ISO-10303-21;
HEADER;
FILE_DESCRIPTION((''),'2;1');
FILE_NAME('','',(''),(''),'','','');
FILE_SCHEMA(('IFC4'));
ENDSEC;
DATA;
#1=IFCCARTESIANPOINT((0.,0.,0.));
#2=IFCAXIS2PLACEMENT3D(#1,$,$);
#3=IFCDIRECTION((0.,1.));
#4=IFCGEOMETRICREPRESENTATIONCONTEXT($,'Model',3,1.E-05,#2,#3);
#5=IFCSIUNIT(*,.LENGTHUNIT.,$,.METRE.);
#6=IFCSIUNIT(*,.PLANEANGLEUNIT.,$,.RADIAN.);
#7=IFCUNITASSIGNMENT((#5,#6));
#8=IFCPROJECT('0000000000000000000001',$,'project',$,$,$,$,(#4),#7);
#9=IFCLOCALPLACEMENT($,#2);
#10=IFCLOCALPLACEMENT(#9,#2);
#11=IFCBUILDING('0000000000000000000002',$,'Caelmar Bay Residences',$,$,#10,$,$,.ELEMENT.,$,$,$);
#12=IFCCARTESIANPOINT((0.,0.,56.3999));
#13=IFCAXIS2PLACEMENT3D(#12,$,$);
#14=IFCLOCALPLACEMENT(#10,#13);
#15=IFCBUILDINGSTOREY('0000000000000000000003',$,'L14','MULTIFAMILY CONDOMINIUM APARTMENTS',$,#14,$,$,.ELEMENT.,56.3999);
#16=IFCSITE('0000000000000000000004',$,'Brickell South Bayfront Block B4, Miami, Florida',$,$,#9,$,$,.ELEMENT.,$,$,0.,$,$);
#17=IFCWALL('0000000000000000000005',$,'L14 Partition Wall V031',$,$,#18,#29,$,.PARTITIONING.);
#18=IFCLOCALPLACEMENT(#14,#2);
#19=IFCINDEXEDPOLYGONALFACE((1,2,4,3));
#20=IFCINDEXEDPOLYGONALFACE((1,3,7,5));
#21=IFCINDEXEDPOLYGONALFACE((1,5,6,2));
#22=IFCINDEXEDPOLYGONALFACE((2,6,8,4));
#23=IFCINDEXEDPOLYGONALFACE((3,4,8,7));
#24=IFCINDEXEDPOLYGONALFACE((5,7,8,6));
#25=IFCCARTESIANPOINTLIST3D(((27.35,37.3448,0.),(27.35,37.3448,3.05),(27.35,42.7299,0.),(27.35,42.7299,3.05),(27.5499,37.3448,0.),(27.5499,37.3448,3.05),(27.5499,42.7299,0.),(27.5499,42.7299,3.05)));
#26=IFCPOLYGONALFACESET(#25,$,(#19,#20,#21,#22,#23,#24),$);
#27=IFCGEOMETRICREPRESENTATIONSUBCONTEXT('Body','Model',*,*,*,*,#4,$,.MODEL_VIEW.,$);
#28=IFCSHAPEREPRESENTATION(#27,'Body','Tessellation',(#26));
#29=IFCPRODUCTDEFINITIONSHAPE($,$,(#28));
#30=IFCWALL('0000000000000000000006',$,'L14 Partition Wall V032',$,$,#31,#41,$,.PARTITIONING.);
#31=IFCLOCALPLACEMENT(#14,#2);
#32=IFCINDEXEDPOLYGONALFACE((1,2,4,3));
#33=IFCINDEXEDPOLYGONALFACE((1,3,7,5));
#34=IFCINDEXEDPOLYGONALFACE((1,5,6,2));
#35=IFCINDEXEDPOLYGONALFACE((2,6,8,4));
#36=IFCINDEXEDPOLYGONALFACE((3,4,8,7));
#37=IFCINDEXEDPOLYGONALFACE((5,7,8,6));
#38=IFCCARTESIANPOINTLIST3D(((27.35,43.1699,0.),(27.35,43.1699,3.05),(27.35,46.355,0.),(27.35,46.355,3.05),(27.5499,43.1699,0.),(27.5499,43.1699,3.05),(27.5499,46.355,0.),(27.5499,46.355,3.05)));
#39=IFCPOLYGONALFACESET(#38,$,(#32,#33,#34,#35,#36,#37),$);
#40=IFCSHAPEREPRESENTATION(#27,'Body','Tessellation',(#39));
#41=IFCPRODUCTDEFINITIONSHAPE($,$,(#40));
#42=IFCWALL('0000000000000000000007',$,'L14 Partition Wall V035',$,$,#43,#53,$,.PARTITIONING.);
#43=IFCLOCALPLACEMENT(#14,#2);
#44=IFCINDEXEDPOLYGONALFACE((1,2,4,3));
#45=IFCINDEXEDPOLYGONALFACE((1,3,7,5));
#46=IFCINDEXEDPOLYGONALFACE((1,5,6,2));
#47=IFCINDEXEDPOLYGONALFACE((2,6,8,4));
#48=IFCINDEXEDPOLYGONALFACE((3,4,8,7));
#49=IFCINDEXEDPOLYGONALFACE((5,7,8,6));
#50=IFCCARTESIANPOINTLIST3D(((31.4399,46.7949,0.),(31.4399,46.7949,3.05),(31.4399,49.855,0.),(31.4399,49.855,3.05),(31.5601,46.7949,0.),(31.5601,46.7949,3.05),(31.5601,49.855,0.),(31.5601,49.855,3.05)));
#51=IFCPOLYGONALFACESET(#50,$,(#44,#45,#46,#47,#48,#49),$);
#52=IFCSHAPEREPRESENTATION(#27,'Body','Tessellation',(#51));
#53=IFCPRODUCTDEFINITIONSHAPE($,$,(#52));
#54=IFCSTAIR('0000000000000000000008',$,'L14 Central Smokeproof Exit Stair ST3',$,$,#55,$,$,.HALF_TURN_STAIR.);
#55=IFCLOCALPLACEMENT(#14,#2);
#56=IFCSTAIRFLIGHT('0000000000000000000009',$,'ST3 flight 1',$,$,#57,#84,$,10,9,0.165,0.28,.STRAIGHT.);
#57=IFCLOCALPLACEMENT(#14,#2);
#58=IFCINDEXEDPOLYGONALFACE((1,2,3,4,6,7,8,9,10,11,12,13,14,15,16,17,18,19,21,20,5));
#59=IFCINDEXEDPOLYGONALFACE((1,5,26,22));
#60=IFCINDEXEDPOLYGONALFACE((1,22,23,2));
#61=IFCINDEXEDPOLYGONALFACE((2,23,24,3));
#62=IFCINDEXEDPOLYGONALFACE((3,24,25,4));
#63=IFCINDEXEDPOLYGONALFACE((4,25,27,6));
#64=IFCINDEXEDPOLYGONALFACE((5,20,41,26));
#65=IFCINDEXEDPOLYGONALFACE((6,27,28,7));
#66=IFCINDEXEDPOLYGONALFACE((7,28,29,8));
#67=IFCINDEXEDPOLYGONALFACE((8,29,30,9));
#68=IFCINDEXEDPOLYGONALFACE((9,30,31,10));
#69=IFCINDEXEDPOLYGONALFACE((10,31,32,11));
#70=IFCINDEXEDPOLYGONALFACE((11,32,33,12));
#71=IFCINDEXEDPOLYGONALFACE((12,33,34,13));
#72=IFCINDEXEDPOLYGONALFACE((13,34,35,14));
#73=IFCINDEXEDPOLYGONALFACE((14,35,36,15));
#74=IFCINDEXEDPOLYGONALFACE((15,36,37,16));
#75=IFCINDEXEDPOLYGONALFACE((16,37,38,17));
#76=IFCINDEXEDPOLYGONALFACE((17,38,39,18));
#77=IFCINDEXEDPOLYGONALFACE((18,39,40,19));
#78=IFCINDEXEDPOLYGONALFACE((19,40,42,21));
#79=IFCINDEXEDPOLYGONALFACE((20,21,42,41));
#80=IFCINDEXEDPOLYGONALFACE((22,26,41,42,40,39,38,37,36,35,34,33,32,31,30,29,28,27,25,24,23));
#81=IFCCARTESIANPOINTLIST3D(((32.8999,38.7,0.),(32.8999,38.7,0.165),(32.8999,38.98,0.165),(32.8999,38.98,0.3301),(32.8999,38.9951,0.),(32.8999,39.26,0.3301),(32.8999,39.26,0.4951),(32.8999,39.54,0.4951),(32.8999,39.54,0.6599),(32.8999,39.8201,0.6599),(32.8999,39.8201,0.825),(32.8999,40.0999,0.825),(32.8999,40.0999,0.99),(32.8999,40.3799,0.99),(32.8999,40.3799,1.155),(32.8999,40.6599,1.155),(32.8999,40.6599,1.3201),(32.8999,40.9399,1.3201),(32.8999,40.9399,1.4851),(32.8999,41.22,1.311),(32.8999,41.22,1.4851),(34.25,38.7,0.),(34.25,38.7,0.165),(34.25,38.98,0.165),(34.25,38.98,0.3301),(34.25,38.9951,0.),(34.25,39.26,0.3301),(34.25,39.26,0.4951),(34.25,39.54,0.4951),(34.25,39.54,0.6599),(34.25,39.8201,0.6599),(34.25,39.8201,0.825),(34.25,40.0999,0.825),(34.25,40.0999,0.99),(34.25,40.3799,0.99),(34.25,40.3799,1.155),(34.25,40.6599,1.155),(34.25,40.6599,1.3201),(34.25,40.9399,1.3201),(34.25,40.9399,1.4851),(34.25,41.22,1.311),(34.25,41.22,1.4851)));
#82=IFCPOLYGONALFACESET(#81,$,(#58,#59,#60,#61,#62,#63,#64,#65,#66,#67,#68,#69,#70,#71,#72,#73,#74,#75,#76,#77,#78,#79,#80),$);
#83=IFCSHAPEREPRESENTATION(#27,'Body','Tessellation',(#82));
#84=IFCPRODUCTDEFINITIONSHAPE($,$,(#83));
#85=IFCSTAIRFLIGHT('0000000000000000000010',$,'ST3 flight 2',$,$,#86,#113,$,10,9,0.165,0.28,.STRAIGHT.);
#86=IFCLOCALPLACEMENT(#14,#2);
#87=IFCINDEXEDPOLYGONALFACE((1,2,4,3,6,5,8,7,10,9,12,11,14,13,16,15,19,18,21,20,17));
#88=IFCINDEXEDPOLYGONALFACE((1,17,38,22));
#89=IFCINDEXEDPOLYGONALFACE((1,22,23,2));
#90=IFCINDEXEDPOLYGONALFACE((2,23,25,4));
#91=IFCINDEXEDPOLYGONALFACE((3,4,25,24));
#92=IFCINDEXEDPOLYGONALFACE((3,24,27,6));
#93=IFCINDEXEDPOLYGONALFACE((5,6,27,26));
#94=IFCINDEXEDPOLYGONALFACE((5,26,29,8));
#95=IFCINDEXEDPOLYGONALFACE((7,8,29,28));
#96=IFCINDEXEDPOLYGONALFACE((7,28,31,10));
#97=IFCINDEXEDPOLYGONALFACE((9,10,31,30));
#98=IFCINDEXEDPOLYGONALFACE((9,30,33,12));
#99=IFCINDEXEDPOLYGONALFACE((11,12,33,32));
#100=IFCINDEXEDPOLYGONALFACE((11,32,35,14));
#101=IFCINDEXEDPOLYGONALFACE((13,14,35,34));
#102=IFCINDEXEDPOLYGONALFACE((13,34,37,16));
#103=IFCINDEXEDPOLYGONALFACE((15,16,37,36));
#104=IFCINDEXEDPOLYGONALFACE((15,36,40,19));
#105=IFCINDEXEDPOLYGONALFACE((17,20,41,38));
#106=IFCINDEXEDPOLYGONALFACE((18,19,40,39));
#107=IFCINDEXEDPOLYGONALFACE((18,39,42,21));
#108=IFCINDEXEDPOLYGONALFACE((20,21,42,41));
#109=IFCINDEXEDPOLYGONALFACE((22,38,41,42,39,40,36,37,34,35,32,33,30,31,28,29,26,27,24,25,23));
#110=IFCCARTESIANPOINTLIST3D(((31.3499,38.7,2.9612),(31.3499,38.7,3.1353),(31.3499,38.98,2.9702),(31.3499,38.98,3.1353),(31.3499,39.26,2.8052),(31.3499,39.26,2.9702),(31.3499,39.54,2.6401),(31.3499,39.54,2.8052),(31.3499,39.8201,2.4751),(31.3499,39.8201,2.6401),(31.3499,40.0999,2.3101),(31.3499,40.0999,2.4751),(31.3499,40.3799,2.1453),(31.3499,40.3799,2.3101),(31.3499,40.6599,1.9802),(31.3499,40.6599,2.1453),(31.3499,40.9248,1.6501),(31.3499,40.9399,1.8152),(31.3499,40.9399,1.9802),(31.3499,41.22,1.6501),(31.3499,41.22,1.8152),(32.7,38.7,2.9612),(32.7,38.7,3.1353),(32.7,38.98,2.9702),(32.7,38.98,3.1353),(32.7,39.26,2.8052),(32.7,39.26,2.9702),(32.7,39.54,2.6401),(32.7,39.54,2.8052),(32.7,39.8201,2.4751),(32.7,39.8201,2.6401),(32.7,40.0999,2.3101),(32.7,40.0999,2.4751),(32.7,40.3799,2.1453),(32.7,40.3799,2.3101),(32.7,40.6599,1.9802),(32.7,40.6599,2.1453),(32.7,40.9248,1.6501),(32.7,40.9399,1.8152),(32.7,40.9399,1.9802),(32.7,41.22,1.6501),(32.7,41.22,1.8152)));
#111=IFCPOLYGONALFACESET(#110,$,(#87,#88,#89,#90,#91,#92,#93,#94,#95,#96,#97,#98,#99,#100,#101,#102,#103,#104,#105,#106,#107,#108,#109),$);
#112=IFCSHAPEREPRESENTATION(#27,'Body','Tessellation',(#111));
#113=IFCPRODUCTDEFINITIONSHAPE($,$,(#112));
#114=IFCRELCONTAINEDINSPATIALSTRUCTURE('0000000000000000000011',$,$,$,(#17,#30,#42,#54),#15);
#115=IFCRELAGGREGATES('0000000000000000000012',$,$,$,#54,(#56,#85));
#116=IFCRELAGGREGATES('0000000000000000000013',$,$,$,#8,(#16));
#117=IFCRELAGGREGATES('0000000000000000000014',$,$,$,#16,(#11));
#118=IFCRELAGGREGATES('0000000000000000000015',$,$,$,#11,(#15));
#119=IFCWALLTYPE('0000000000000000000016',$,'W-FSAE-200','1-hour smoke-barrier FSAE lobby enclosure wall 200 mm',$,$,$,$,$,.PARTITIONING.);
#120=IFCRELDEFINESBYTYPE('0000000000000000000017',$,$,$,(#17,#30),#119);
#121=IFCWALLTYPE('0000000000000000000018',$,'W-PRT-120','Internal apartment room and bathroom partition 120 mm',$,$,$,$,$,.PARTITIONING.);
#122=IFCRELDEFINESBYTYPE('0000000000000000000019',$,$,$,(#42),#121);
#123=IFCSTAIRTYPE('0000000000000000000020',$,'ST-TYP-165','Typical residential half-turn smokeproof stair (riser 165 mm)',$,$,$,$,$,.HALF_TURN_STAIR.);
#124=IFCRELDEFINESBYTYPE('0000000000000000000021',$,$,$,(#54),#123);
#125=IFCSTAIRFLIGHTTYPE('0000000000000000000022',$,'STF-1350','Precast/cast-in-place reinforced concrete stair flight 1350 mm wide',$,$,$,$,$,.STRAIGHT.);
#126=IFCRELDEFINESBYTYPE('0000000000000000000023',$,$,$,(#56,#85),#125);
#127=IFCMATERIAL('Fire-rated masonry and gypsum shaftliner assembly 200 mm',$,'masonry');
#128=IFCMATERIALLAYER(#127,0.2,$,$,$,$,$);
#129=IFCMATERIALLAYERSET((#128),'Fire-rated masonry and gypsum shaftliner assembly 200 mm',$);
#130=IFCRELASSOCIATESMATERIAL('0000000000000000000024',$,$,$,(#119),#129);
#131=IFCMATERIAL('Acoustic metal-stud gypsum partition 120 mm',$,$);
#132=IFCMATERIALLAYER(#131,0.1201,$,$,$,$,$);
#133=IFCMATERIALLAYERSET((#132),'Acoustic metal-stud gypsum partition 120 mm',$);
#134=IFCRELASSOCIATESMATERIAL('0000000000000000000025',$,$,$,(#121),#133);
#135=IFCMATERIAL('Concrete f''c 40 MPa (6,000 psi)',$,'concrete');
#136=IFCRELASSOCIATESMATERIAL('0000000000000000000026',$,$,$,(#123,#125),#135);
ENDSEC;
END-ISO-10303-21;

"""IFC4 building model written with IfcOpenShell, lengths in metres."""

from ifc_helpers import new_model, si_unit, direction, frame, frame_2d, origin, place, context, subcontext, project, spatial, polyline, rectangle, outline, extrude, material, layer, layer_set, type_object, element, aggregate, save


model = new_model("IFC4")

# Units and contexts
model_context = context("Model", 3, precision=1e-05, world=origin(), true_north=direction((0.0, 1.0)))
body_context = subcontext(model_context, "Body", "Model", "MODEL_VIEW")
ifc_project = project(units=[si_unit("LENGTHUNIT", "METRE"), si_unit("PLANEANGLEUNIT", "RADIAN")], contexts=[model_context])

# Site, building, storey
site_placement = place(None, origin())
site = spatial("IfcSite", under=ifc_project, at=site_placement, Name="Brickell South Bayfront Block B4, Miami, Florida", CompositionType="ELEMENT", RefElevation=0.0)
building_placement = place(site_placement, origin())
building = spatial("IfcBuilding", under=site, at=building_placement, Name="Caelmar Bay Residences", CompositionType="ELEMENT")
storey_placement = place(building_placement, frame((0.0, 0.0, 56.3999)))
storey = spatial("IfcBuildingStorey", under=building, at=storey_placement, Name="L14", Description="MULTIFAMILY CONDOMINIUM APARTMENTS", CompositionType="ELEMENT", Elevation=56.3999)

# Walls
ifc_material_1 = material(Name="Fire-rated masonry and gypsum shaftliner assembly 200 mm", Category="masonry")
ifc_layer_1 = layer(ifc_material_1, 0.2)
ifc_layer_set_1 = layer_set([ifc_layer_1], Name="Fire-rated masonry and gypsum shaftliner assembly 200 mm")
wall_type_1 = type_object("IfcWallType", Name="W-FSAE-200", Description="1-hour smoke-barrier FSAE lobby enclosure wall 200 mm", PredefinedType="PARTITIONING", material=ifc_layer_set_1)
wall_1_placement = place(storey_placement, frame((27.45, 37.345, 0.0), z_axis=(0.0, 0.0, 1.0), x_axis=(0.0, 1.0, 0.0)))
element("IfcWall", 1, at=wall_1_placement, inside=storey, type_object=wall_type_1, Name="L14 Partition Wall V031", PredefinedType="PARTITIONING", context=body_context, shape_type="SweptSolid", body=[
    extrude(rectangle(XDim=5.385, YDim=0.2, at=frame_2d((2.6924, 0.0))), origin(), (0.0, 0.0, 1.0), 3.05),
])
wall_2_placement = place(storey_placement, frame((27.45, 43.1699, 0.0), z_axis=(0.0, 0.0, 1.0), x_axis=(0.0, 1.0, 0.0)))
element("IfcWall", 2, at=wall_2_placement, inside=storey, type_object=wall_type_1, Name="L14 Partition Wall V032", PredefinedType="PARTITIONING", context=body_context, shape_type="SweptSolid", body=[
    extrude(rectangle(XDim=3.1851, YDim=0.2, at=frame_2d((1.5925, 0.0))), origin(), (0.0, 0.0, 1.0), 3.05),
])
ifc_material_2 = material(Name="Acoustic metal-stud gypsum partition 120 mm")
ifc_layer_2 = layer(ifc_material_2, 0.1201)
ifc_layer_set_2 = layer_set([ifc_layer_2], Name="Acoustic metal-stud gypsum partition 120 mm")
wall_type_2 = type_object("IfcWallType", Name="W-PRT-120", Description="Internal apartment room and bathroom partition 120 mm", PredefinedType="PARTITIONING", material=ifc_layer_set_2)
wall_3_placement = place(storey_placement, frame((31.5, 46.7949, 0.0), z_axis=(0.0, 0.0, 1.0), x_axis=(0.0, 1.0, 0.0)))
element("IfcWall", 3, at=wall_3_placement, inside=storey, type_object=wall_type_2, Name="L14 Partition Wall V035", PredefinedType="PARTITIONING", context=body_context, shape_type="SweptSolid", body=[
    extrude(rectangle(XDim=3.0601, YDim=0.1201, at=frame_2d((1.53, 0.0))), origin(), (0.0, 0.0, 1.0), 3.05),
])

# Stair, stair flights
ifc_material_3 = material(Name="Concrete f'c 40 MPa (6,000 psi)", Category="concrete")
stair_type = type_object("IfcStairType", Name="ST-TYP-165", Description="Typical residential half-turn smokeproof stair (riser 165 mm)", PredefinedType="HALF_TURN_STAIR", material=ifc_material_3)
stair_placement = place(storey_placement, origin())
stair = element("IfcStair", 4, at=stair_placement, inside=storey, type_object=stair_type, Name="L14 Central Smokeproof Exit Stair ST3", PredefinedType="HALF_TURN_STAIR")
stair_flight_type = type_object("IfcStairFlightType", Name="STF-1350", Description="Precast/cast-in-place reinforced concrete stair flight 1350 mm wide", PredefinedType="STRAIGHT", material=ifc_material_3)
stair_flight_1_placement = place(storey_placement, frame((33.575, 38.7, 0.0), z_axis=(0.0, 0.0, 1.0), x_axis=(0.0, 1.0, 0.0)))
stair_flight_1 = element("IfcStairFlight", 5, at=stair_flight_1_placement, type_object=stair_flight_type, Name="ST3 flight 1", NumberOfRisers=10, NumberOfTreads=9, PredefinedType="STRAIGHT", RiserHeight=0.165, TreadLength=0.28, context=body_context, shape_type="SweptSolid", body=[
    extrude(outline(polyline([(0.0, 0.0), (0.0, 0.165), (0.28, 0.165), (0.28, 0.3301), (0.5601, 0.3301), (0.5601, 0.4951), (0.8401, 0.4951), (0.8401, 0.6599), (1.1201, 0.6599), (1.1201, 0.825), (1.3999, 0.825), (1.3999, 0.99), (1.6799, 0.99), (1.6799, 1.155), (1.96, 1.155), (1.96, 1.3201), (2.24, 1.3201), (2.24, 1.4851), (2.52, 1.4851), (2.52, 1.6499), (2.52, 1.311), (0.2952, 0.0), (0.0, 0.0)])), frame((0.0, 0.675, 0.0), z_axis=(0.0, -1.0, 0.0), x_axis=(1.0, 0.0, 0.0)), (0.0, 0.0, 1.0), 1.3501),
])
stair_flight_2_placement = place(storey_placement, frame((32.0249, 41.22, 1.6501), z_axis=(0.0, 0.0, 1.0), x_axis=(0.0, -1.0, 0.0)))
stair_flight_2 = element("IfcStairFlight", 6, at=stair_flight_2_placement, type_object=stair_flight_type, Name="ST3 flight 2", NumberOfRisers=10, NumberOfTreads=9, PredefinedType="STRAIGHT", RiserHeight=0.165, TreadLength=0.28, context=body_context, shape_type="SweptSolid", body=[
    extrude(outline(polyline([(0.0, 0.0), (0.0, 0.165), (0.28, 0.165), (0.28, 0.3301), (0.5601, 0.3301), (0.5601, 0.4951), (0.8401, 0.4951), (0.8401, 0.6599), (1.1201, 0.6599), (1.1201, 0.825), (1.3999, 0.825), (1.3999, 0.99), (1.6799, 0.99), (1.6799, 1.155), (1.96, 1.155), (1.96, 1.3201), (2.24, 1.3201), (2.24, 1.4851), (2.52, 1.4851), (2.52, 1.6499), (2.52, 1.311), (0.2952, 0.0), (0.0, 0.0)])), frame((0.0, 0.675, 0.0), z_axis=(0.0, -1.0, 0.0), x_axis=(1.0, 0.0, 0.0)), (0.0, 0.0, 1.0), 1.3501),
])
aggregate(stair, [stair_flight_1, stair_flight_2])

save(model, "model.ifc")
